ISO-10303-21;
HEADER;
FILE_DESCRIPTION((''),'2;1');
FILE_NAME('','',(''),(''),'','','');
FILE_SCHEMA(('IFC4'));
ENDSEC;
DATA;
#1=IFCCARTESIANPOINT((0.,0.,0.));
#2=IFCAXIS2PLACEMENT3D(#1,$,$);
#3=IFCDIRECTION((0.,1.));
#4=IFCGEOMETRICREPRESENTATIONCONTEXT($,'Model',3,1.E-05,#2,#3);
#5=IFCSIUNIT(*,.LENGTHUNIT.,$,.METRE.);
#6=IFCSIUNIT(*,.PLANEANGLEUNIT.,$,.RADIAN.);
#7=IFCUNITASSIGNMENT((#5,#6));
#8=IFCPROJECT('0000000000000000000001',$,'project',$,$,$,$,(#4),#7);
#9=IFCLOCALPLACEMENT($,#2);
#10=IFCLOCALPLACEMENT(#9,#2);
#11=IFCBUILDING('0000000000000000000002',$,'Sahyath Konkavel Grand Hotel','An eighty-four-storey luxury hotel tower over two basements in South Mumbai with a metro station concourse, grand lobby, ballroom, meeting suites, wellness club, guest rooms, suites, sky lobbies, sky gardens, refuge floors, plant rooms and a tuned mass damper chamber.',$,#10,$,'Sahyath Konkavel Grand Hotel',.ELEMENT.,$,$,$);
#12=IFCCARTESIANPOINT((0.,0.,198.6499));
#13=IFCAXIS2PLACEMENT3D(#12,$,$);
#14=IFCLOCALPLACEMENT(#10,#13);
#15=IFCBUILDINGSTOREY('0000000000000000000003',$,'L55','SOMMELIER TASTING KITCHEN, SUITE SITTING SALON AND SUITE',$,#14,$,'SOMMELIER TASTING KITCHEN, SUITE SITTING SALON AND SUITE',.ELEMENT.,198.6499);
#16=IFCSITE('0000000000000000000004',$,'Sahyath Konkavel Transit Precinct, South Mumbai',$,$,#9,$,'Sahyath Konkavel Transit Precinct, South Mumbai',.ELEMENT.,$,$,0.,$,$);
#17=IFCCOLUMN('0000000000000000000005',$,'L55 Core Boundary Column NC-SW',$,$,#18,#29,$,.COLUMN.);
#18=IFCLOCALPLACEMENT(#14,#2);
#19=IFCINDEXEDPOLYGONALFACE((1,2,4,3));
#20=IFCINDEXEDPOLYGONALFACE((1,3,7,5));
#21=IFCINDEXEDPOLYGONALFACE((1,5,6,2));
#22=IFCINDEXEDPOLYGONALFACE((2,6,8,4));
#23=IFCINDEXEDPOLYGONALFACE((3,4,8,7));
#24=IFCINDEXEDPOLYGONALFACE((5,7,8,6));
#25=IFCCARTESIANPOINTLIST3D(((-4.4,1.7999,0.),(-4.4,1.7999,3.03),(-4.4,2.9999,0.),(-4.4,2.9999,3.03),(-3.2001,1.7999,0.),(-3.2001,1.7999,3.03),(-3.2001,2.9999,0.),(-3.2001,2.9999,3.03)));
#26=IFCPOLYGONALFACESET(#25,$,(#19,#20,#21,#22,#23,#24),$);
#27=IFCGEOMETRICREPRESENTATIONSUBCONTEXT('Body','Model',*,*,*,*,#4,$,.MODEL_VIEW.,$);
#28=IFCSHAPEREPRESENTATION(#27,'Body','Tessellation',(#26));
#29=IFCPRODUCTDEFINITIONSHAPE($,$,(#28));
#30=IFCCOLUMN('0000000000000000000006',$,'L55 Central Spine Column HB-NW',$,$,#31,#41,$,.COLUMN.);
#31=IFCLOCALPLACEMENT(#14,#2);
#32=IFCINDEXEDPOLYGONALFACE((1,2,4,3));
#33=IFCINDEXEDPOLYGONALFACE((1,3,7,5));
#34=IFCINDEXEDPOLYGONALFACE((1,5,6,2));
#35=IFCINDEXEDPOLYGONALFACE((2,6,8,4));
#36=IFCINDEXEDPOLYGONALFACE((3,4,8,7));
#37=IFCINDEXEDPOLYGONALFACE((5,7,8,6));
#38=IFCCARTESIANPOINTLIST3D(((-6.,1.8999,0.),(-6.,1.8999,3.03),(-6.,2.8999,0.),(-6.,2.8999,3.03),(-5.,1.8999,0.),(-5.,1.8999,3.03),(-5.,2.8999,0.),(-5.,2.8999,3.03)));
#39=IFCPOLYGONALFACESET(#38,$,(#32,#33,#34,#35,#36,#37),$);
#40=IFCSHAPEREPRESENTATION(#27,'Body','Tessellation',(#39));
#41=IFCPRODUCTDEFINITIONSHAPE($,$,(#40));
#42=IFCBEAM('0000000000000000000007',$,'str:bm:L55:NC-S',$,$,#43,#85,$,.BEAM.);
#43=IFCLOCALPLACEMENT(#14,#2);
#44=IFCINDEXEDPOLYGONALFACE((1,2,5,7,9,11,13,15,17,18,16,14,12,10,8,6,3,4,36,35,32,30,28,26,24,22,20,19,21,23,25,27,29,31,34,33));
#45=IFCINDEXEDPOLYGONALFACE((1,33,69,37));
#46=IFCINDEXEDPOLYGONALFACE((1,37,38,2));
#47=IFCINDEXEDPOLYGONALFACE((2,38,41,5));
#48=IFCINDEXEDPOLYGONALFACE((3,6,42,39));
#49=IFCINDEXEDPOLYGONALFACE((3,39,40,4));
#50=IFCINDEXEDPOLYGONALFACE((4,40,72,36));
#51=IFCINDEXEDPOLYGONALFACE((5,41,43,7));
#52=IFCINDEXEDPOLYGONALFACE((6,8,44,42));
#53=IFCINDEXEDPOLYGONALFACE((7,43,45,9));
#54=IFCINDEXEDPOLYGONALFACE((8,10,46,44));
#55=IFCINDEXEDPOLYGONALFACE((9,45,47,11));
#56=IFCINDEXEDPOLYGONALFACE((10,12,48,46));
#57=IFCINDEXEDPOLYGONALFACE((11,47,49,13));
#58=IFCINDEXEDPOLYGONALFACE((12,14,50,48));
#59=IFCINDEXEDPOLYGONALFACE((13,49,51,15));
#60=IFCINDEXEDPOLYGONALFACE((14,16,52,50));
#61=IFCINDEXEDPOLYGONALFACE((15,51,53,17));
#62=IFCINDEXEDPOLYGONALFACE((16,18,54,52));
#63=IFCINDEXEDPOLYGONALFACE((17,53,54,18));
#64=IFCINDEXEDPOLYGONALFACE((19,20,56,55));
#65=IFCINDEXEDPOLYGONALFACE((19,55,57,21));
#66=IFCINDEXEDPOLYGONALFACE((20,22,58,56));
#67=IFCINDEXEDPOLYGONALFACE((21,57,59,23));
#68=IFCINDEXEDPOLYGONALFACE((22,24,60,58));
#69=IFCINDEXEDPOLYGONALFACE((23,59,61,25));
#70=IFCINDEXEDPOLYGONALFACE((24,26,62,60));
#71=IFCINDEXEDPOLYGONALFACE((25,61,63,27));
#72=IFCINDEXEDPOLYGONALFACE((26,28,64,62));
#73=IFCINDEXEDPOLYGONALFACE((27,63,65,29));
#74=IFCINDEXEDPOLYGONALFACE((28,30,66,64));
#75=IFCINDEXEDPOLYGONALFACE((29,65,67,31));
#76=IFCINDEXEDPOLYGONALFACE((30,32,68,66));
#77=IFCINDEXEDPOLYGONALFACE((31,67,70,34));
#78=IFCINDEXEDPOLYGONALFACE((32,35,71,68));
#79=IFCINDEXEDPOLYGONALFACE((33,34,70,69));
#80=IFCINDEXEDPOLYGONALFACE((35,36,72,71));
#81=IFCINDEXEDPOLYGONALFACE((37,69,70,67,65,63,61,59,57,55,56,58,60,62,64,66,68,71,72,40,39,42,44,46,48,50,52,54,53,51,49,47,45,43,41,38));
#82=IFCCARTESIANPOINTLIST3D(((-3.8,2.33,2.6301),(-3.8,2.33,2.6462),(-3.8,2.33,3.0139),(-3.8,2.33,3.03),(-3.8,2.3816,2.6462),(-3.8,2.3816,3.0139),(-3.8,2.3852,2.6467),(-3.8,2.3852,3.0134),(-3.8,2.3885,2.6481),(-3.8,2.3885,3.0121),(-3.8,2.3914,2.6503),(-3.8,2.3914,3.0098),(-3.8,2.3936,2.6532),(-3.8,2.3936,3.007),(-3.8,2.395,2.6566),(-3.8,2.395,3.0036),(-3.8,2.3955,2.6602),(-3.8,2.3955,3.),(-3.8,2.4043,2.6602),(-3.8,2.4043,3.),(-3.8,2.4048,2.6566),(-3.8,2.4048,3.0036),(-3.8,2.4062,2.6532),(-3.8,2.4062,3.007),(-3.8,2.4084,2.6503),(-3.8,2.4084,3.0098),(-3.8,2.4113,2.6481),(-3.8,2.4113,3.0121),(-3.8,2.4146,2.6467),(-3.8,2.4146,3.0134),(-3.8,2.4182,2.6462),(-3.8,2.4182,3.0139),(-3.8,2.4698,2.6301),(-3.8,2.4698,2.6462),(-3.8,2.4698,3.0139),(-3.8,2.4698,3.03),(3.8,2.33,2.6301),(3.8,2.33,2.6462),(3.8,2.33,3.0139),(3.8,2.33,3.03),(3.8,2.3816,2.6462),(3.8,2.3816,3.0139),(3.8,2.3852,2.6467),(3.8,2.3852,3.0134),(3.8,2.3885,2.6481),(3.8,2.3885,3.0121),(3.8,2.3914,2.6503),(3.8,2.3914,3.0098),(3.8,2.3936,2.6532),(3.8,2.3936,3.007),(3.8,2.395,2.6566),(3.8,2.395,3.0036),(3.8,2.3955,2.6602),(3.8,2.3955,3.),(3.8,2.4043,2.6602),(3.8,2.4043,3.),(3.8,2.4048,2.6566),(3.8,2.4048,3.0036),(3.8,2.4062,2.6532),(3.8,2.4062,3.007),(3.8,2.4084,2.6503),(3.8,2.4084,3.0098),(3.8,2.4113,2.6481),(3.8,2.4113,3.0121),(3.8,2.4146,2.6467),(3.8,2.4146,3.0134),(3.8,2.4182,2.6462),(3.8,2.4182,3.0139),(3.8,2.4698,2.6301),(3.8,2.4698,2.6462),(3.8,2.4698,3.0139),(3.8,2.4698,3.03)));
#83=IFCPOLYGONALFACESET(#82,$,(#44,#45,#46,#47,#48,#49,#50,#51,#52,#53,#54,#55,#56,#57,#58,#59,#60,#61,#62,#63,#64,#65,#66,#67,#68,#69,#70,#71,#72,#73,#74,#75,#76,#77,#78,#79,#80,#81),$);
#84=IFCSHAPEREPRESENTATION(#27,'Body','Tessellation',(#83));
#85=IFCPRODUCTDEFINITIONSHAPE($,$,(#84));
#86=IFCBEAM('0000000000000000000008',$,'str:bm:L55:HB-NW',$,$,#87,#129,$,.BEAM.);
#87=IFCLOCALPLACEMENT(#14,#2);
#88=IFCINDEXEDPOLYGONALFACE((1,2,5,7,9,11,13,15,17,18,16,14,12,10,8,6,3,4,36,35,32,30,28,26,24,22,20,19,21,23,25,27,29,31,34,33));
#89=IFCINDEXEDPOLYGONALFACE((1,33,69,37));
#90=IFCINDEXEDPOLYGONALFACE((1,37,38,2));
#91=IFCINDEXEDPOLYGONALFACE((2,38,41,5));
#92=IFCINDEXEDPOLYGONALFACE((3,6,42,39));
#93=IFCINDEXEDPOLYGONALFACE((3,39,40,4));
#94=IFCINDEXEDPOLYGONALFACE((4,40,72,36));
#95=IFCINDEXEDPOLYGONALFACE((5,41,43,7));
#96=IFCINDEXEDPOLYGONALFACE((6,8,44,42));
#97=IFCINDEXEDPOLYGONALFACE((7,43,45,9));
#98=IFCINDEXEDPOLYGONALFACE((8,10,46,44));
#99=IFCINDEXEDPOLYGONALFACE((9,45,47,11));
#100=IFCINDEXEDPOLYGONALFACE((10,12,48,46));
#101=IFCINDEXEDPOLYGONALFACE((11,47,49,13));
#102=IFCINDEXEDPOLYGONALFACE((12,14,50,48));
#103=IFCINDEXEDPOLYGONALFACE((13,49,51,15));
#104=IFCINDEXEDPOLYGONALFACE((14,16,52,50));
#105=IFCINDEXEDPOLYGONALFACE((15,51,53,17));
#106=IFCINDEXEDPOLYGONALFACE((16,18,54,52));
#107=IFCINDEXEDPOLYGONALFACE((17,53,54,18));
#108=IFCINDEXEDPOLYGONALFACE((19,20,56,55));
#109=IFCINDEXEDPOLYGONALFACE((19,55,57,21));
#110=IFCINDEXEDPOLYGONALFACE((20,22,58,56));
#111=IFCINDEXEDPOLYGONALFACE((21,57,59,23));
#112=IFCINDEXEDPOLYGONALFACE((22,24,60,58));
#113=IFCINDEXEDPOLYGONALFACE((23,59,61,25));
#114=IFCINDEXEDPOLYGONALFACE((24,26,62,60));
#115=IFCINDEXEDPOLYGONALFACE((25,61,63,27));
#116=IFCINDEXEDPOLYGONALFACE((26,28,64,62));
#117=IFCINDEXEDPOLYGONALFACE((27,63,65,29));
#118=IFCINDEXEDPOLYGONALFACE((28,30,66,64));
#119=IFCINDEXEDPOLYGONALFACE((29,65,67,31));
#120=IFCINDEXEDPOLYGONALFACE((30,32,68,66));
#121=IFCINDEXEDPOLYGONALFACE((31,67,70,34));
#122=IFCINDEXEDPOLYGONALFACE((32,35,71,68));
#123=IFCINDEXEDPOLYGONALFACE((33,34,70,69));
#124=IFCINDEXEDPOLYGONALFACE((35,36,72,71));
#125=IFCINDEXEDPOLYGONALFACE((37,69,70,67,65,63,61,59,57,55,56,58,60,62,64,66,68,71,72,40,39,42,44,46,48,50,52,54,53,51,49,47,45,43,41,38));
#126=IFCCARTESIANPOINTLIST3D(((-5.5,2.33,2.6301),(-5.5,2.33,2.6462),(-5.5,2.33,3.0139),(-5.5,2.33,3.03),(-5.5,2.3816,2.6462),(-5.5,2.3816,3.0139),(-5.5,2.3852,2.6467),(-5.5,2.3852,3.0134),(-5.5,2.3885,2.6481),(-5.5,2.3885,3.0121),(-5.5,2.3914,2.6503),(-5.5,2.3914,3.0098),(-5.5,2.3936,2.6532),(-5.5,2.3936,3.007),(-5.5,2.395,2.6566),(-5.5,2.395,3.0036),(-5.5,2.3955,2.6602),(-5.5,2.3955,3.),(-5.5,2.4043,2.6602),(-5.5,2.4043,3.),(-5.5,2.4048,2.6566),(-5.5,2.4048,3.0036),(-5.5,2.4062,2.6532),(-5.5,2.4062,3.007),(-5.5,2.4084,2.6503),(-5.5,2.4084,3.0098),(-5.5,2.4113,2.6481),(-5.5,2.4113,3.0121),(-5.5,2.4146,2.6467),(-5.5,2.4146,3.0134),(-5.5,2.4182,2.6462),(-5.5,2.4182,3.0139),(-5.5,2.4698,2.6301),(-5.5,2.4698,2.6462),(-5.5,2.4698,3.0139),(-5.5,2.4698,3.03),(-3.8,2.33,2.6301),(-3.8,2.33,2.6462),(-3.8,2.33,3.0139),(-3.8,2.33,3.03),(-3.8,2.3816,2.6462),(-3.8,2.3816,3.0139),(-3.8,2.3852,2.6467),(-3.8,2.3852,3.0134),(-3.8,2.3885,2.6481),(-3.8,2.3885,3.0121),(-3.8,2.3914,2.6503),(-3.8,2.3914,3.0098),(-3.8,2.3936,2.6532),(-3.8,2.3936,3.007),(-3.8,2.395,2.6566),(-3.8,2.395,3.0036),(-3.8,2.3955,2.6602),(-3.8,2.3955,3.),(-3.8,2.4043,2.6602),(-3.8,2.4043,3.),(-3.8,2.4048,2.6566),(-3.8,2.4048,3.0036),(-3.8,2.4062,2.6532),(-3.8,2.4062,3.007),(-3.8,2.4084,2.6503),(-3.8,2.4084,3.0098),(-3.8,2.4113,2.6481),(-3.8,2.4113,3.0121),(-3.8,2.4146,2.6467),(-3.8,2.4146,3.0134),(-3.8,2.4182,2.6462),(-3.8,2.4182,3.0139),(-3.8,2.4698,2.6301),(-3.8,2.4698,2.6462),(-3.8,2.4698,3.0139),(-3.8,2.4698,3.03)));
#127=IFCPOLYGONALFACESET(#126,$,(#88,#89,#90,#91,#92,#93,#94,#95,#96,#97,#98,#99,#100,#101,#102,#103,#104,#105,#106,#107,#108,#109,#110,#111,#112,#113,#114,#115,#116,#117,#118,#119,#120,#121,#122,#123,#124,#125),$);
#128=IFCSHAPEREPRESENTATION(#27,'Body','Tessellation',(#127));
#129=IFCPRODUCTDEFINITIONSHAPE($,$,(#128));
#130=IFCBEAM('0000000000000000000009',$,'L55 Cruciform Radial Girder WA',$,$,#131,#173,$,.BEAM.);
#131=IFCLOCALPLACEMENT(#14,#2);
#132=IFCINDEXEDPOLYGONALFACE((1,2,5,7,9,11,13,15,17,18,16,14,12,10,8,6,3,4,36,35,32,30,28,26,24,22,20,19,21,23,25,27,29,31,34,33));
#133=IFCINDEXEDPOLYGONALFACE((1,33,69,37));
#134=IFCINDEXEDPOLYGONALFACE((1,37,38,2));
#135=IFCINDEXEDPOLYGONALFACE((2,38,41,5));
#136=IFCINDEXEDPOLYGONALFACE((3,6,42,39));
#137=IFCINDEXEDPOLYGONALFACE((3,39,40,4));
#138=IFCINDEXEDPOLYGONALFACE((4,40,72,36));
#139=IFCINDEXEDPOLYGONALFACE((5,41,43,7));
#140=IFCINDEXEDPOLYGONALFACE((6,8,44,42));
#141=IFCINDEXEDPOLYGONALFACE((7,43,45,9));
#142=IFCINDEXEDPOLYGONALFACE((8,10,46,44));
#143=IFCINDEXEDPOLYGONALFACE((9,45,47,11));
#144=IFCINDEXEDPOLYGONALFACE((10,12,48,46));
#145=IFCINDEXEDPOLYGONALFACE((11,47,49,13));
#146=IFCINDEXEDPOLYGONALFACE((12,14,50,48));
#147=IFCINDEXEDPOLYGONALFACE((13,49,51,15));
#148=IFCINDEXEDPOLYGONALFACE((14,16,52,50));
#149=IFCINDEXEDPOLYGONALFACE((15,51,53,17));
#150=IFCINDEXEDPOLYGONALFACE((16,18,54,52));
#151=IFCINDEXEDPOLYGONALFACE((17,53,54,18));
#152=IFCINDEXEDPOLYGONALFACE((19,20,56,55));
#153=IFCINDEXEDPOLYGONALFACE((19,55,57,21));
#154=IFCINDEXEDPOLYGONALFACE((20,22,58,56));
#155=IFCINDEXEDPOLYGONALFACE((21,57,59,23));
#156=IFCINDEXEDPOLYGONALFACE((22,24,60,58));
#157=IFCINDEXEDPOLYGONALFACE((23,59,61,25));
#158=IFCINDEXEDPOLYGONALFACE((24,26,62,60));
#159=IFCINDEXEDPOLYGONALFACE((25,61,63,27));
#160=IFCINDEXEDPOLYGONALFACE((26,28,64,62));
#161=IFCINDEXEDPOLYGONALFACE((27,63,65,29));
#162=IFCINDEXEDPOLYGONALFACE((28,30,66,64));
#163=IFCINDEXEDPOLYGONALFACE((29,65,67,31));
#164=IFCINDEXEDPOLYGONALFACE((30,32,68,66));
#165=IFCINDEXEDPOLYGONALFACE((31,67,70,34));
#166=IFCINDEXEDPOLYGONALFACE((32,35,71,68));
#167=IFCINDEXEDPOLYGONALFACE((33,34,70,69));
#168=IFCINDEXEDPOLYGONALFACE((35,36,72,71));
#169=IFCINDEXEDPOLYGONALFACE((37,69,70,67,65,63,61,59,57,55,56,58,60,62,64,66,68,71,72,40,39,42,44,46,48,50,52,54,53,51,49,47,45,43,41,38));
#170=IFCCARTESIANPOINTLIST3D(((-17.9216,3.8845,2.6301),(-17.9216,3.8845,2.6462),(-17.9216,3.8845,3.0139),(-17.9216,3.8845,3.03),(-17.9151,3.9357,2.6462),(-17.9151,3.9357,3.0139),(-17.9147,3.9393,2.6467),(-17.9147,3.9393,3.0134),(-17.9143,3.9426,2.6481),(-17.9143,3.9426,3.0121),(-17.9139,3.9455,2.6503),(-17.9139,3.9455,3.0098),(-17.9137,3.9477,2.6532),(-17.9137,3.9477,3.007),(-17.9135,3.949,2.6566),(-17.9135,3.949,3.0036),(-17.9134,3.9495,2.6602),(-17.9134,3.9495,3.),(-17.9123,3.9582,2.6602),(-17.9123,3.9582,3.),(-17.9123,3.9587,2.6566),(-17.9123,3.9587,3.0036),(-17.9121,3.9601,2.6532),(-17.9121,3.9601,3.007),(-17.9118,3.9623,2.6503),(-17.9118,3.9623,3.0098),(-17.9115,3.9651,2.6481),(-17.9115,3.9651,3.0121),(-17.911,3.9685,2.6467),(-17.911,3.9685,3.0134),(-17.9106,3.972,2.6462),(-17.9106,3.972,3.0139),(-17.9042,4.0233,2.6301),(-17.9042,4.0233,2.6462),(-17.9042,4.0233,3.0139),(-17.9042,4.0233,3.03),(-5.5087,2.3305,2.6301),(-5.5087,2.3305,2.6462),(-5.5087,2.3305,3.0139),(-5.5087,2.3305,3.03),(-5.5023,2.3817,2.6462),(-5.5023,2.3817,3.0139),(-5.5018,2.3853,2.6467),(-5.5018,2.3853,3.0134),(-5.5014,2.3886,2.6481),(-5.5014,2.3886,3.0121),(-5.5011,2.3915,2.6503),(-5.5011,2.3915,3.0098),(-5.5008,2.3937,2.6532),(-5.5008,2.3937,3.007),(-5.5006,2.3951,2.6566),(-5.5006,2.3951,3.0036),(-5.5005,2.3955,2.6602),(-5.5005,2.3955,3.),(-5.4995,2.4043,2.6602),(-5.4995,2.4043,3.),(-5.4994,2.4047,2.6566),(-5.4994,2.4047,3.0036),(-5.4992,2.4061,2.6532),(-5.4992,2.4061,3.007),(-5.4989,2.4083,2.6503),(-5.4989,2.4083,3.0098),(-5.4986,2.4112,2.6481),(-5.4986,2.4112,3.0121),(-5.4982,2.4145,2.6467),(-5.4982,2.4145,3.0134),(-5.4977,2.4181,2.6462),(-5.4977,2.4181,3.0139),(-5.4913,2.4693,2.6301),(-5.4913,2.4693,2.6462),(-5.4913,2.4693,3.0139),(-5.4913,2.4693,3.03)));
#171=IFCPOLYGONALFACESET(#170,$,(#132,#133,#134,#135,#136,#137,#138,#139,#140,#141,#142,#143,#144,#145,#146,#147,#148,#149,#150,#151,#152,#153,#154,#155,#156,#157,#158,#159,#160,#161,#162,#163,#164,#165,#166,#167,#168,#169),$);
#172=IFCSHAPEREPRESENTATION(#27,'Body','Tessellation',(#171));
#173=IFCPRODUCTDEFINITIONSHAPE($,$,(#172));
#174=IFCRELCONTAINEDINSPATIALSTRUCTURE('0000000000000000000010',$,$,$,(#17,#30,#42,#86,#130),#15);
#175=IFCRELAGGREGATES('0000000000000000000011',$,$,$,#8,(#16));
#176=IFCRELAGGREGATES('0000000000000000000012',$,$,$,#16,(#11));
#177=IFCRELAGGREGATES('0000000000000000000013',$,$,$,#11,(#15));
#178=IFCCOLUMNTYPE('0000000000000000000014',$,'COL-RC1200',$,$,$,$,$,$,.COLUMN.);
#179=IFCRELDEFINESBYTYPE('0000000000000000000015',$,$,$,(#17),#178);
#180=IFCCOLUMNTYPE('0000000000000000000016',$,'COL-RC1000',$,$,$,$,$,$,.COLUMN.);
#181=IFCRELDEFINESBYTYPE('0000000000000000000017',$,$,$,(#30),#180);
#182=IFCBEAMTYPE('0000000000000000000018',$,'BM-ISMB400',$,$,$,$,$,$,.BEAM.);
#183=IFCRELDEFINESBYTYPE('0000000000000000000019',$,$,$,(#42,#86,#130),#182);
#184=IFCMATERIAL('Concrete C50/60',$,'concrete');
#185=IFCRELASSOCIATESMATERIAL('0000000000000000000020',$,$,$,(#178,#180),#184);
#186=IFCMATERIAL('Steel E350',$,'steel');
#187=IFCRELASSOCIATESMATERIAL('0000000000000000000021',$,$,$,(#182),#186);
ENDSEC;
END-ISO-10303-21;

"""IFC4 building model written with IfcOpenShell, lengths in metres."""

from ifc_helpers import new_model, si_unit, direction, frame, origin, origin_2d, place, context, subcontext, project, spatial, rectangle, i_section, extrude, source, transform, mapped, material, material_profile, profile_set, type_object, element, save


model = new_model("IFC4")

# Units and contexts
model_context = context("Model", 3, precision=1e-05, world=origin(), true_north=direction((0.0, 1.0)))
body_context = subcontext(model_context, "Body", "Model", "MODEL_VIEW")
ifc_project = project(units=[si_unit("LENGTHUNIT", "METRE"), si_unit("PLANEANGLEUNIT", "RADIAN")], contexts=[model_context])

# Site, building, storey
site_placement = place(None, origin())
site = spatial("IfcSite", under=ifc_project, at=site_placement, Name="Sahyath Konkavel Transit Precinct, South Mumbai", LongName="Sahyath Konkavel Transit Precinct, South Mumbai", CompositionType="ELEMENT", RefElevation=0.0)
building_placement = place(site_placement, origin())
building = spatial("IfcBuilding", under=site, at=building_placement, Name="Sahyath Konkavel Grand Hotel", Description="An eighty-four-storey luxury hotel tower over two basements in South Mumbai with a metro station concourse, grand lobby, ballroom, meeting suites, wellness club, guest rooms, suites, sky lobbies, sky gardens, refuge floors, plant rooms and a tuned mass damper chamber.", LongName="Sahyath Konkavel Grand Hotel", CompositionType="ELEMENT")
storey_placement = place(building_placement, frame((0.0, 0.0, 198.6499)))
storey = spatial("IfcBuildingStorey", under=building, at=storey_placement, Name="L55", Description="SOMMELIER TASTING KITCHEN, SUITE SITTING SALON AND SUITE", LongName="SOMMELIER TASTING KITCHEN, SUITE SITTING SALON AND SUITE", CompositionType="ELEMENT", Elevation=198.6499)

# Columns
ifc_material_1 = material(Name="Concrete C50/60", Category="concrete")
ifc_material_profile_1 = material_profile(ifc_material_1, rectangle(XDim=1.2, YDim=1.2, at=origin_2d()), Name="RC 1200x1200")
ifc_profile_set_1 = profile_set([ifc_material_profile_1], Name="Concrete C50/60")
column_type_1 = type_object("IfcColumnType", Name="COL-RC1200", PredefinedType="COLUMN", material=ifc_profile_set_1)
shared_shape_1 = source(origin(), body_context, "Body", "SweptSolid", [
    extrude(rectangle(XDim=1.2, YDim=1.2, at=origin_2d()), origin(), (0.0, 0.0, 1.0), 3.03),
])
column_1_placement = place(storey_placement, frame((-3.8, 2.3999, 0.0), z_axis=(0.0, 0.0, 1.0), x_axis=(1.0, 0.0, 0.0)))
element("IfcColumn", 1, at=column_1_placement, inside=storey, type_object=column_type_1, Name="L55 Core Boundary Column NC-SW", PredefinedType="COLUMN", context=body_context, shape_type="MappedRepresentation", body=[
    mapped(shared_shape_1, transform((0.0, 0.0, 0.0), scale=1.0)),
])
ifc_material_profile_2 = material_profile(ifc_material_1, rectangle(XDim=1.0, YDim=1.0, at=origin_2d()), Name="RC 1000x1000")
ifc_profile_set_2 = profile_set([ifc_material_profile_2], Name="Concrete C50/60")
column_type_2 = type_object("IfcColumnType", Name="COL-RC1000", PredefinedType="COLUMN", material=ifc_profile_set_2)
shared_shape_2 = source(origin(), body_context, "Body", "SweptSolid", [
    extrude(rectangle(XDim=1.0, YDim=1.0, at=origin_2d()), origin(), (0.0, 0.0, 1.0), 3.03),
])
column_2_placement = place(storey_placement, frame((-5.5, 2.3999, 0.0), z_axis=(0.0, 0.0, 1.0), x_axis=(1.0, 0.0, 0.0)))
element("IfcColumn", 2, at=column_2_placement, inside=storey, type_object=column_type_2, Name="L55 Central Spine Column HB-NW", PredefinedType="COLUMN", context=body_context, shape_type="MappedRepresentation", body=[
    mapped(shared_shape_2, transform((0.0, 0.0, 0.0), scale=1.0)),
])

# Beams
ifc_material_2 = material(Name="Steel E350", Category="steel")
ifc_material_profile_3 = material_profile(ifc_material_2, i_section(OverallWidth=0.1399, OverallDepth=0.3999, WebThickness=0.0088, FlangeThickness=0.0161, FilletRadius=0.0139, at=origin_2d()), Name="ISMB 400")
ifc_profile_set_3 = profile_set([ifc_material_profile_3], Name="Steel E350")
beam_type = type_object("IfcBeamType", Name="BM-ISMB400", PredefinedType="BEAM", material=ifc_profile_set_3)
shared_shape_3 = source(origin(), body_context, "Body", "SweptSolid", [
    extrude(i_section(OverallWidth=0.1399, OverallDepth=0.3999, WebThickness=0.0088, FlangeThickness=0.0161, FilletRadius=0.0139, at=origin_2d()), origin(), (0.0, 0.0, 1.0), 7.6001),
])
beam_1_placement = place(storey_placement, frame((-3.8, 2.3999, 2.8301), z_axis=(1.0, 0.0, 0.0), x_axis=(0.0, 1.0, 0.0)))
element("IfcBeam", 3, at=beam_1_placement, inside=storey, type_object=beam_type, Name="str:bm:L55:NC-S", PredefinedType="BEAM", context=body_context, shape_type="MappedRepresentation", body=[
    mapped(shared_shape_3, transform((0.0, 0.0, 0.0), scale=1.0)),
])
shared_shape_4 = source(origin(), body_context, "Body", "SweptSolid", [
    extrude(i_section(OverallWidth=0.1399, OverallDepth=0.3999, WebThickness=0.0088, FlangeThickness=0.0161, FilletRadius=0.0139, at=origin_2d()), origin(), (0.0, 0.0, 1.0), 1.7),
])
beam_2_placement = place(storey_placement, frame((-5.5, 2.3999, 2.8301), z_axis=(1.0, 0.0, 0.0), x_axis=(0.0, 1.0, 0.0)))
element("IfcBeam", 4, at=beam_2_placement, inside=storey, type_object=beam_type, Name="str:bm:L55:HB-NW", PredefinedType="BEAM", context=body_context, shape_type="MappedRepresentation", body=[
    mapped(shared_shape_4, transform((0.0, 0.0, 0.0), scale=1.0)),
])
shared_shape_5 = source(origin(), body_context, "Body", "SweptSolid", [
    extrude(i_section(OverallWidth=0.1399, OverallDepth=0.3999, WebThickness=0.0088, FlangeThickness=0.0161, FilletRadius=0.0139, at=origin_2d()), origin(), (0.0, 0.0, 1.0), 12.5098),
])
beam_3_placement = place(storey_placement, frame((-5.5, 2.3999, 2.8301), z_axis=(-0.992255, 0.12422, 0.0), x_axis=(-0.12422, -0.992255, 0.0)))
element("IfcBeam", 5, at=beam_3_placement, inside=storey, type_object=beam_type, Name="L55 Cruciform Radial Girder WA", PredefinedType="BEAM", context=body_context, shape_type="MappedRepresentation", body=[
    mapped(shared_shape_5, transform((0.0, 0.0, 0.0), scale=1.0)),
])

save(model, "model.ifc")
